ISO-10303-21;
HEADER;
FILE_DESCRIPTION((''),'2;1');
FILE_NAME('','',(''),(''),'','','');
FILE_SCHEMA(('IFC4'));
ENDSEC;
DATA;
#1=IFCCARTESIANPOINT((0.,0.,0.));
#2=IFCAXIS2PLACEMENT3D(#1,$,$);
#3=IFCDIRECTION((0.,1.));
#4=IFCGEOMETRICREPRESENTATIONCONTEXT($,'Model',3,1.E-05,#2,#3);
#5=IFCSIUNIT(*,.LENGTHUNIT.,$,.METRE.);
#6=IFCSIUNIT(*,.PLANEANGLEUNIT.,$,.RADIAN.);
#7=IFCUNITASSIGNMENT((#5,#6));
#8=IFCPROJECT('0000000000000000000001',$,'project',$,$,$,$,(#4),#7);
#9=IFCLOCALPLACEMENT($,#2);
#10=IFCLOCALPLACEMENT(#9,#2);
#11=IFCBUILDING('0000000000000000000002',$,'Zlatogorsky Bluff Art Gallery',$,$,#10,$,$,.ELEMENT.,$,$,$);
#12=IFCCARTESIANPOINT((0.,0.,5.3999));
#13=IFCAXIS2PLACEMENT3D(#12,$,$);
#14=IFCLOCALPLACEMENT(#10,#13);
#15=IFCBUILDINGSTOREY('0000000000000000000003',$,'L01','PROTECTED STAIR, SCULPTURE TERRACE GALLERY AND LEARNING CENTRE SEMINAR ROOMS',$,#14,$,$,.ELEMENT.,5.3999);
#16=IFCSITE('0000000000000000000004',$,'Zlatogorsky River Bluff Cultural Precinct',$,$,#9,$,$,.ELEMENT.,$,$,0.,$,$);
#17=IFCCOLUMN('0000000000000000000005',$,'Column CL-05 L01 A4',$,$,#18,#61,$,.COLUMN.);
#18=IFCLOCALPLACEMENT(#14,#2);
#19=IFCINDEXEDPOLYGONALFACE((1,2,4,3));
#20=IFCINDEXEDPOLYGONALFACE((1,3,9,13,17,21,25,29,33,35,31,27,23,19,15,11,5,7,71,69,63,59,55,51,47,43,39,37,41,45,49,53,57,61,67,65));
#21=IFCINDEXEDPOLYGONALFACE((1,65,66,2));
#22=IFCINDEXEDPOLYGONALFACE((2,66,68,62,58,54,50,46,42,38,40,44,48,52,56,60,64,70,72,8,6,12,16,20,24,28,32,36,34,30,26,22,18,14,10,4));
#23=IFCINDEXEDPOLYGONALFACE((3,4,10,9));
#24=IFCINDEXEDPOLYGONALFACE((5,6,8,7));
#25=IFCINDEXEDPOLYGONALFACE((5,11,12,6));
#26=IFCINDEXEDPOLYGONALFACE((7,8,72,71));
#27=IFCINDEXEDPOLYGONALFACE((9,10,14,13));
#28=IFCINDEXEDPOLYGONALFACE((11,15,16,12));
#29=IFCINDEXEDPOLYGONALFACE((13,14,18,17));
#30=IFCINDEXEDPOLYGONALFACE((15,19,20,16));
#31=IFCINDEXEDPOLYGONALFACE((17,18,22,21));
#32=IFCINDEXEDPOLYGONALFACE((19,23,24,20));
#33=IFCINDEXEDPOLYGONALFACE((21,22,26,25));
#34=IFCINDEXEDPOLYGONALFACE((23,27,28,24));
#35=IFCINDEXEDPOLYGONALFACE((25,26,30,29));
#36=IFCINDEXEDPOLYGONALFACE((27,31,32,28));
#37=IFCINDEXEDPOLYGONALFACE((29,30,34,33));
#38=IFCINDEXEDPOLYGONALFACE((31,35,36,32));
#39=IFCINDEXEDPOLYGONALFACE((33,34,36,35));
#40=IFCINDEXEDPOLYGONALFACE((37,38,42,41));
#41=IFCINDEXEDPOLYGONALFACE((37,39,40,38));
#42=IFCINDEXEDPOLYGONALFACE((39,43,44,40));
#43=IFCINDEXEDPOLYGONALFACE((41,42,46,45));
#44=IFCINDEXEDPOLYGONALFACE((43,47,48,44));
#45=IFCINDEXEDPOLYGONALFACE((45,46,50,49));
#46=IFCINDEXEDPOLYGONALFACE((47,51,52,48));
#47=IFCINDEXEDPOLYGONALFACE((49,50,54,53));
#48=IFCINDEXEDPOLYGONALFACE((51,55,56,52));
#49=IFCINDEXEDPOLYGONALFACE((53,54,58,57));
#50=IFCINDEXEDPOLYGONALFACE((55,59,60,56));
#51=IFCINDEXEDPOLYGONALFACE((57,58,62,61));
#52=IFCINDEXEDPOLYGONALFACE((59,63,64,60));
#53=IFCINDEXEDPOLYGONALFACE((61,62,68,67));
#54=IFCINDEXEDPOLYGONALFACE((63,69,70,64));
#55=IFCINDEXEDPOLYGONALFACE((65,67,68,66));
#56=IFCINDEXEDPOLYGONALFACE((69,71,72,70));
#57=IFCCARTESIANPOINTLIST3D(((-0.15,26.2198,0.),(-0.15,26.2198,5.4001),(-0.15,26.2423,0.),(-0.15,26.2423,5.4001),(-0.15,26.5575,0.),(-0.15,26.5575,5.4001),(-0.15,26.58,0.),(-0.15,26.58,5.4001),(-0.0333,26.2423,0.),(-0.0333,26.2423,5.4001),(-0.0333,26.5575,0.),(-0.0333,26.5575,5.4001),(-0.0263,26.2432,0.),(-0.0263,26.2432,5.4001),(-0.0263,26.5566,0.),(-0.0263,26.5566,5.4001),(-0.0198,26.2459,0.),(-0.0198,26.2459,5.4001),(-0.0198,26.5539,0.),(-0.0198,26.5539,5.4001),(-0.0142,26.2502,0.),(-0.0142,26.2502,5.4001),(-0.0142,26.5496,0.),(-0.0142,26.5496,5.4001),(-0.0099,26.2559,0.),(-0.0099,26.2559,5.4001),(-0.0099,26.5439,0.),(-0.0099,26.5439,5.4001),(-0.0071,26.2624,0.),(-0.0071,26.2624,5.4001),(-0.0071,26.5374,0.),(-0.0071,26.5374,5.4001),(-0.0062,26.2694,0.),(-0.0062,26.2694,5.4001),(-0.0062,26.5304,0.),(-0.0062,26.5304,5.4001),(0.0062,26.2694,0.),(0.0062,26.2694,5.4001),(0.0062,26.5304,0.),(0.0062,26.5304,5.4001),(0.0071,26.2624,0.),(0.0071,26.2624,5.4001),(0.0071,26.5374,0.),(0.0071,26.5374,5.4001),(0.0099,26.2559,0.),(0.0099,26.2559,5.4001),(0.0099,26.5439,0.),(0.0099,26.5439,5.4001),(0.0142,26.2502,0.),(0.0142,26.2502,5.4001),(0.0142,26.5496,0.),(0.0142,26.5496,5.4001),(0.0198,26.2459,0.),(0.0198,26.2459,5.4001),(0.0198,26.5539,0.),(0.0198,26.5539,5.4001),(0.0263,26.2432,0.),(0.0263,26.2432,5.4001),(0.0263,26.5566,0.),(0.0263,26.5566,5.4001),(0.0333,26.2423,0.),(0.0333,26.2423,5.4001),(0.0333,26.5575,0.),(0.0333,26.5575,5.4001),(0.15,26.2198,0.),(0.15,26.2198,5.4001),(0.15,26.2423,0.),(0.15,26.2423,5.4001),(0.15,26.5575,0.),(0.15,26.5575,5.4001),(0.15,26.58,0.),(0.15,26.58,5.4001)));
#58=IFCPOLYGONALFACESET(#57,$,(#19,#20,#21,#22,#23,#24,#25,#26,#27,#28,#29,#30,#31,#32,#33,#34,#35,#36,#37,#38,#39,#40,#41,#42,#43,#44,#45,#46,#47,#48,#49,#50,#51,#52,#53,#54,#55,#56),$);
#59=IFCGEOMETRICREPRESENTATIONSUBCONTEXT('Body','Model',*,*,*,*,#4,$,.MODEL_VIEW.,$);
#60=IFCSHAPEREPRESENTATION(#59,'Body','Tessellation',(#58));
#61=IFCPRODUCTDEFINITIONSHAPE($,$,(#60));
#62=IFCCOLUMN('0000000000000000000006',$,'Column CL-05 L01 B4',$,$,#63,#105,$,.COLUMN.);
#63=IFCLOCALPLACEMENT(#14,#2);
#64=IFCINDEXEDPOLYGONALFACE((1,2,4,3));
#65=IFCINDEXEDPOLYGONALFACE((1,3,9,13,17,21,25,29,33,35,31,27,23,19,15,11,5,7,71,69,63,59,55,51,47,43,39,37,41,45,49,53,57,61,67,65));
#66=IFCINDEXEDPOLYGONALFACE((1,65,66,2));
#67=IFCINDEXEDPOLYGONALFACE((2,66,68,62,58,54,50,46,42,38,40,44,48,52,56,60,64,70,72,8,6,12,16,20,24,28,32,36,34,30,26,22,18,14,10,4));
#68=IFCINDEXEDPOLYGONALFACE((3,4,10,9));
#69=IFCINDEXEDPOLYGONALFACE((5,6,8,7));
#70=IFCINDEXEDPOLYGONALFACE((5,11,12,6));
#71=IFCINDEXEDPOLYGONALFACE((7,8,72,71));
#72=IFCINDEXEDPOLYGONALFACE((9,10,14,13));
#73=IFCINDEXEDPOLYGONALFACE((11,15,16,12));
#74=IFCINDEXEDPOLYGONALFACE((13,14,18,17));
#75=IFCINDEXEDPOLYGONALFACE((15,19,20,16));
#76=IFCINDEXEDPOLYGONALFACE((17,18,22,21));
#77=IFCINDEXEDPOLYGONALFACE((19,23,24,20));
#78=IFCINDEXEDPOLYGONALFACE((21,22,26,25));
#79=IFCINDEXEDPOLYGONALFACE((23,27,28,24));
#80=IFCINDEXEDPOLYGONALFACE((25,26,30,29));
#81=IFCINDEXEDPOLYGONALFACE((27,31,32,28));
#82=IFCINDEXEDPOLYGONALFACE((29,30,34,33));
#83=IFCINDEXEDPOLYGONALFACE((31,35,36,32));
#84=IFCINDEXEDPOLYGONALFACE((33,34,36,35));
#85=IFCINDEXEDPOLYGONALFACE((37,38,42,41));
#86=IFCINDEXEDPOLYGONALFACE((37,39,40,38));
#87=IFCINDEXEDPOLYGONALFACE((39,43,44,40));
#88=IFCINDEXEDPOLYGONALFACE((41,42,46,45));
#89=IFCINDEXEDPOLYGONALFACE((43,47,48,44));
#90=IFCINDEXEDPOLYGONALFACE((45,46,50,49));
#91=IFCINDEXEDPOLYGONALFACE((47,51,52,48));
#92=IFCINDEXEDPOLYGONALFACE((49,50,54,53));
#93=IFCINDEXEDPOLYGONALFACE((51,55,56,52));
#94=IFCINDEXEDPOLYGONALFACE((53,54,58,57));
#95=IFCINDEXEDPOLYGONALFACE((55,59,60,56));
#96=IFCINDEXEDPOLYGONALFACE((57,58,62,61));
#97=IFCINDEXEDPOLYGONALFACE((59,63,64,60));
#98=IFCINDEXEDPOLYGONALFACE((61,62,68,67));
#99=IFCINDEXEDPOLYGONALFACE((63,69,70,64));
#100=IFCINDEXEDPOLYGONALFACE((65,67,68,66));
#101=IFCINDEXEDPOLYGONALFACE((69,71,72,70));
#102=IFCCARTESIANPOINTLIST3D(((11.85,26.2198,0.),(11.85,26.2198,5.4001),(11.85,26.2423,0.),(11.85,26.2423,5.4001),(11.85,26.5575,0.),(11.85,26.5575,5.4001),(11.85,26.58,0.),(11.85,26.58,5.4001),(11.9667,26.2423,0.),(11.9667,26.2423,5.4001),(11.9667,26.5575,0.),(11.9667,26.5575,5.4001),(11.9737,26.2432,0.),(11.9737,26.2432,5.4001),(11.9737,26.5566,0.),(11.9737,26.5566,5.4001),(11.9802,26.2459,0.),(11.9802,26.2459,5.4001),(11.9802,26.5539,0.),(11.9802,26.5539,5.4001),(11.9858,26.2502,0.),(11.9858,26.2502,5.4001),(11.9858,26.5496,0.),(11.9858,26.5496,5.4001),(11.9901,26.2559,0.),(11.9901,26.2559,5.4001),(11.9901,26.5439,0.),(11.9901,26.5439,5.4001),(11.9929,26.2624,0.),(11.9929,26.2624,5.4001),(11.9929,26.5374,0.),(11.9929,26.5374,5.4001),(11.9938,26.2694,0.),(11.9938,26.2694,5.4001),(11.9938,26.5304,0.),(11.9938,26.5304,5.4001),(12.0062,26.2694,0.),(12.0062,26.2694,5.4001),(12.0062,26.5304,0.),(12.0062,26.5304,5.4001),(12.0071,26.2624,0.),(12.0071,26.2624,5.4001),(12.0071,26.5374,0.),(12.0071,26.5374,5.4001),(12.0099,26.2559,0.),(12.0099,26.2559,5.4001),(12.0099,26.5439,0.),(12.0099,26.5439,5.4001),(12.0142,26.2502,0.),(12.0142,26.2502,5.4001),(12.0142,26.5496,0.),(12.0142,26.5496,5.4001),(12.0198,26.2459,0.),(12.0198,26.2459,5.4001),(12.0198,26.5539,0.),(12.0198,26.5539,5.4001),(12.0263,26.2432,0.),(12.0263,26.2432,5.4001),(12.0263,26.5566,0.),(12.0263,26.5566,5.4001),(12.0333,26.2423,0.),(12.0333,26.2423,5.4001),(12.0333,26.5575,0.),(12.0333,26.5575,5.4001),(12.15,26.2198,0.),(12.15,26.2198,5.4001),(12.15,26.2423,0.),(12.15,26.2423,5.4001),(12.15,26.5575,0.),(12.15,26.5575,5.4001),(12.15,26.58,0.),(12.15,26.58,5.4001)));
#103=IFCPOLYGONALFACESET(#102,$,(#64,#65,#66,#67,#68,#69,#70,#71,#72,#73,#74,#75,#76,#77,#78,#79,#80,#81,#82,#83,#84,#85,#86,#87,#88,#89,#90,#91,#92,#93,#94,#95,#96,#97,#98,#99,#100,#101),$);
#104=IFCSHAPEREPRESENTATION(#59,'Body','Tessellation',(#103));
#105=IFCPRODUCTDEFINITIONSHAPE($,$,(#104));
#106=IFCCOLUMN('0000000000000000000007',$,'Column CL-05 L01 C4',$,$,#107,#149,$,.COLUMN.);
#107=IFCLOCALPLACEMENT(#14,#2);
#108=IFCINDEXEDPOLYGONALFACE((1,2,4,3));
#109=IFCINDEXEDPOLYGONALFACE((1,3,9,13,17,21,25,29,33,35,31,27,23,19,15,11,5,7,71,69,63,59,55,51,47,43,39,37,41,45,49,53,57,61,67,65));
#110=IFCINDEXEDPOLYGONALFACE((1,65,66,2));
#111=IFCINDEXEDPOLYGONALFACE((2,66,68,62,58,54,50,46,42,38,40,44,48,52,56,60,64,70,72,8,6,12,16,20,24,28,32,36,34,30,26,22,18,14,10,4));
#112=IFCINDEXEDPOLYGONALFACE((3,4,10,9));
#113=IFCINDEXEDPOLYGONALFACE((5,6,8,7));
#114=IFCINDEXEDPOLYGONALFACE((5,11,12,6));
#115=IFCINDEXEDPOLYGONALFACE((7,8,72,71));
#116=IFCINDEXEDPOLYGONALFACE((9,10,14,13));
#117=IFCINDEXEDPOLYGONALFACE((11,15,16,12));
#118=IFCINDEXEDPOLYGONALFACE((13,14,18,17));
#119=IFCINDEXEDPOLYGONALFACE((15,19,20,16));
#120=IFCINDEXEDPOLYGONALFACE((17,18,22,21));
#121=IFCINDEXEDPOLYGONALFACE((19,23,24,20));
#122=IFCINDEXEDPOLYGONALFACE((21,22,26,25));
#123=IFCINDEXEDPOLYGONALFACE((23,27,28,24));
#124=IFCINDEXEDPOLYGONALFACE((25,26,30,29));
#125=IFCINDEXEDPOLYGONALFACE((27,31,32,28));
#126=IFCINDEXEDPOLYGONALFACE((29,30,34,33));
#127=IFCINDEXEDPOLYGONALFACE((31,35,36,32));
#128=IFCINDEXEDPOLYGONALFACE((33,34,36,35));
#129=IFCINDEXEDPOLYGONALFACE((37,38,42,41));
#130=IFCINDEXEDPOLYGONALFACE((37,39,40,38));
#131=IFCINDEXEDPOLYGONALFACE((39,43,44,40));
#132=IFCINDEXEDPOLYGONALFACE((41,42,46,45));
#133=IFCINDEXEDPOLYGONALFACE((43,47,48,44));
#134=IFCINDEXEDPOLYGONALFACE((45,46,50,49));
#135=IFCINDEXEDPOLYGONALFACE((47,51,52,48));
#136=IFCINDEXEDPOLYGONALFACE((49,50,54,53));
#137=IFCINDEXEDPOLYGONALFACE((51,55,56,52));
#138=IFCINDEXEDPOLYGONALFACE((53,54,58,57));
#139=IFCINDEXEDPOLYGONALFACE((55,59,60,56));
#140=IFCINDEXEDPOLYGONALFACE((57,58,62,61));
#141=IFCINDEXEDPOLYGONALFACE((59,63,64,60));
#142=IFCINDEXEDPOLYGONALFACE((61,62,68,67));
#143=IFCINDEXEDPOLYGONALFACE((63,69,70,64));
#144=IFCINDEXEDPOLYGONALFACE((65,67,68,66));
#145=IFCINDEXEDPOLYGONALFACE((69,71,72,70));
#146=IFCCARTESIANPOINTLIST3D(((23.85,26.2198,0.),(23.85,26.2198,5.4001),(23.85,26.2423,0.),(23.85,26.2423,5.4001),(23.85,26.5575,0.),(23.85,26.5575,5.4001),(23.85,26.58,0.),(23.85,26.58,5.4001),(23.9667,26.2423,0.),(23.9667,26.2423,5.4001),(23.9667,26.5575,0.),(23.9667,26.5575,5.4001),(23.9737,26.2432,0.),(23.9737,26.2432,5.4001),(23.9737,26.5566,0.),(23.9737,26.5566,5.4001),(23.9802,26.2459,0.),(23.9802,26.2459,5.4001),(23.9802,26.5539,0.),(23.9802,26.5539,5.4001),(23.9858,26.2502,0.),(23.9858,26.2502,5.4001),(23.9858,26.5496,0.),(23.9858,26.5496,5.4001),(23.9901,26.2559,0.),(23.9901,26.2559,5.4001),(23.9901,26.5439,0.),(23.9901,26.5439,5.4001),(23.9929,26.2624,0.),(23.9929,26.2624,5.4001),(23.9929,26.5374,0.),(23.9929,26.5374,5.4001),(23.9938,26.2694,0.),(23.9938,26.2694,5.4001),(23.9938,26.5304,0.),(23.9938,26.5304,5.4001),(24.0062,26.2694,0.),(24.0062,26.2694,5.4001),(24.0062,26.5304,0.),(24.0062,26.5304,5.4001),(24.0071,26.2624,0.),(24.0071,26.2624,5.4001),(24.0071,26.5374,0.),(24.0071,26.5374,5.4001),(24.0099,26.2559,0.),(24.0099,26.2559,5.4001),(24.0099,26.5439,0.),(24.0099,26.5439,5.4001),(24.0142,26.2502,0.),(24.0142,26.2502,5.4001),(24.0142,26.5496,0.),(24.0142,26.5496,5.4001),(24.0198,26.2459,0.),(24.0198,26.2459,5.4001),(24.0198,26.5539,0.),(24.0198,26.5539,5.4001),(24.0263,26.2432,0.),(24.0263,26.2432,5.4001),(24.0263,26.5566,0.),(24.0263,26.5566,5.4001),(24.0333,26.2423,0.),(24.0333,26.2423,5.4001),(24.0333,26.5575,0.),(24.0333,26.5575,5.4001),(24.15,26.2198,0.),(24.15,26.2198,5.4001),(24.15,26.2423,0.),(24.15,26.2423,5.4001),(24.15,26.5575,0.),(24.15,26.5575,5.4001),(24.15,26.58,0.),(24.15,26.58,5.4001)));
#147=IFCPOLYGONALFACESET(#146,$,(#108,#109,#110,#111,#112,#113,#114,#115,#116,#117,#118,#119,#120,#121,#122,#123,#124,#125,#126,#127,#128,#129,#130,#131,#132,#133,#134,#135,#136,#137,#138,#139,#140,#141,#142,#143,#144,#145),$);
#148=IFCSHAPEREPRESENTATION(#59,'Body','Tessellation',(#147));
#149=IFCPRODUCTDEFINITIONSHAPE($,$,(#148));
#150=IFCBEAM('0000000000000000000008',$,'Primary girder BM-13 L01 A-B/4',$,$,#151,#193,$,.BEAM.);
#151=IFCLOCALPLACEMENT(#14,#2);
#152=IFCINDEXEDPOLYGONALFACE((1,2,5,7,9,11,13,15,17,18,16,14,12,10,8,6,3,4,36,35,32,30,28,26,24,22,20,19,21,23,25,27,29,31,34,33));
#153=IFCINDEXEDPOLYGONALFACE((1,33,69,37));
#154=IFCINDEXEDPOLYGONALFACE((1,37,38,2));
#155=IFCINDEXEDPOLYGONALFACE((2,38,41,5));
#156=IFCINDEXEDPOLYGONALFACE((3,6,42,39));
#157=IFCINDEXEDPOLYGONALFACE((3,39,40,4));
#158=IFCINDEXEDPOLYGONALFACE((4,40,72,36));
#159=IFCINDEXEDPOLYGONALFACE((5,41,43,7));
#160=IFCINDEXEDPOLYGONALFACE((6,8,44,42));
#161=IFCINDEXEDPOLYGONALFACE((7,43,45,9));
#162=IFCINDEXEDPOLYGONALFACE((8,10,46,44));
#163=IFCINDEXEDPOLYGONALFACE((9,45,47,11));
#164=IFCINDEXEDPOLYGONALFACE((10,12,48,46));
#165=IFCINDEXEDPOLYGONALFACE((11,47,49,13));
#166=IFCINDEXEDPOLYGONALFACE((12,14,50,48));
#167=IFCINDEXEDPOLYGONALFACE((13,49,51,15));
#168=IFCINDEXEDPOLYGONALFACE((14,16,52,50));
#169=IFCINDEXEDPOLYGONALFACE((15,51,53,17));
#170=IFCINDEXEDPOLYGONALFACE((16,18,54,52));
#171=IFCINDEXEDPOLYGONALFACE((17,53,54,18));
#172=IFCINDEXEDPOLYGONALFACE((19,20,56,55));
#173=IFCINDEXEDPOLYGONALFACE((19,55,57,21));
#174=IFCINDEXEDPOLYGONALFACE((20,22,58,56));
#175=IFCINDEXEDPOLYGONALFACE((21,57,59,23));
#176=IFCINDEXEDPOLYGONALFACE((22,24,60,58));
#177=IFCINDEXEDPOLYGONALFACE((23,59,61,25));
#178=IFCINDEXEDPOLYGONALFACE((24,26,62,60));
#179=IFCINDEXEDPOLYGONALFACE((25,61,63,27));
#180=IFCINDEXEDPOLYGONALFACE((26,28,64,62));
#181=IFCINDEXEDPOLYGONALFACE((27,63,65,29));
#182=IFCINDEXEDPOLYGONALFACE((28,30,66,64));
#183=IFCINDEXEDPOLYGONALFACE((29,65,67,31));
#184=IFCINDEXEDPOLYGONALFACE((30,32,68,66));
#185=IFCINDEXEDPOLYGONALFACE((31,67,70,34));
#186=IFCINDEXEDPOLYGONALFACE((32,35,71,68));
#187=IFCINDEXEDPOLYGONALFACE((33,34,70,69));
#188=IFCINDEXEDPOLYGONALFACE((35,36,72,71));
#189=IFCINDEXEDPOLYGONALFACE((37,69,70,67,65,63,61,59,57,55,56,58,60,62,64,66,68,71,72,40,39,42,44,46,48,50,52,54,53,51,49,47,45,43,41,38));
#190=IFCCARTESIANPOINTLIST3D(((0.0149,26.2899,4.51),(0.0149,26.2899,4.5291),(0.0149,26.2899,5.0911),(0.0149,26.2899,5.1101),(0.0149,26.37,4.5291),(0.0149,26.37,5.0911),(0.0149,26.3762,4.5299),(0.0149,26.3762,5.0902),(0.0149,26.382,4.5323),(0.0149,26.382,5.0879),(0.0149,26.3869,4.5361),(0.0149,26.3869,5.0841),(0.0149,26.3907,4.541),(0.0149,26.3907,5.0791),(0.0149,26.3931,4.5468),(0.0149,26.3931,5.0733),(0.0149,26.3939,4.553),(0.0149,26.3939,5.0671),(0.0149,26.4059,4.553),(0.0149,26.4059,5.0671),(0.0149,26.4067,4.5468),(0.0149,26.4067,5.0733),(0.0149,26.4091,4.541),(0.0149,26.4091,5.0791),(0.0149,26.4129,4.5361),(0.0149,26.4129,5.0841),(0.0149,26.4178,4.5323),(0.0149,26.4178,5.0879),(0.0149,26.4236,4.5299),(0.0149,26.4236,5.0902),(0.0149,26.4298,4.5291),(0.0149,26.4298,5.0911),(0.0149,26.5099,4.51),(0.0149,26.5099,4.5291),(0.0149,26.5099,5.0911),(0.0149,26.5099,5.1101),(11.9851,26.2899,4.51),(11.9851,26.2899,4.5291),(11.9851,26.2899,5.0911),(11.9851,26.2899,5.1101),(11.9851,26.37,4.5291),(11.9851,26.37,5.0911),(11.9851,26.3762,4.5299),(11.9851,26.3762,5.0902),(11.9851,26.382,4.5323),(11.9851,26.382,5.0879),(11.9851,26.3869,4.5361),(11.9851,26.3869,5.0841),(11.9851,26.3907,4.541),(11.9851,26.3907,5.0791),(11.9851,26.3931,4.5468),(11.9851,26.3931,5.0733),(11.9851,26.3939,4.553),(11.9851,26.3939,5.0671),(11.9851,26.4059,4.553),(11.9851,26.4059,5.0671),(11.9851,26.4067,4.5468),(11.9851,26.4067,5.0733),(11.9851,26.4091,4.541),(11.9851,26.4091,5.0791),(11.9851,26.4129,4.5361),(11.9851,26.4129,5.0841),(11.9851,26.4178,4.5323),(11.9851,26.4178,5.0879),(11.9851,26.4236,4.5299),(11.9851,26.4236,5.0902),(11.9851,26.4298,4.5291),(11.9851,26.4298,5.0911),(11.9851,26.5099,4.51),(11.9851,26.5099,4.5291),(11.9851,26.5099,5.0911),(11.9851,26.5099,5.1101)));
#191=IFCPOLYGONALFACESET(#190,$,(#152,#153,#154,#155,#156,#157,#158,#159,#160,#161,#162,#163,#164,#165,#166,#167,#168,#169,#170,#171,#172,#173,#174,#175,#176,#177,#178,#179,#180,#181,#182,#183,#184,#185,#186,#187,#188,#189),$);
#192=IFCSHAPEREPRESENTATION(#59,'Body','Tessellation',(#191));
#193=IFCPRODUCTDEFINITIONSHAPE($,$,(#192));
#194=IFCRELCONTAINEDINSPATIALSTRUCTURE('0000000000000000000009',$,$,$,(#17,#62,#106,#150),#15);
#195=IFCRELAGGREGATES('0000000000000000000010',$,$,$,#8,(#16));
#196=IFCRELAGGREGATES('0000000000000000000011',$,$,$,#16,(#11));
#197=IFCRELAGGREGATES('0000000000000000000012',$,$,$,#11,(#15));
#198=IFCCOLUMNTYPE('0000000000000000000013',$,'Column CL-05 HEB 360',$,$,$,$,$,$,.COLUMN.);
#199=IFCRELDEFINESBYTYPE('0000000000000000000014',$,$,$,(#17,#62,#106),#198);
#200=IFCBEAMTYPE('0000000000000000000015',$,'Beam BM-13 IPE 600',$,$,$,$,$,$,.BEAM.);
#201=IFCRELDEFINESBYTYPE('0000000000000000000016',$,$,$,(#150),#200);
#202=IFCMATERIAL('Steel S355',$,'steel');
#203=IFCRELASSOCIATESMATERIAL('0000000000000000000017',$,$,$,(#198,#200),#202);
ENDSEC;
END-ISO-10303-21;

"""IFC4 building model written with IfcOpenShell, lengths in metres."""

from ifc_helpers import new_model, si_unit, direction, frame, origin, origin_2d, place, context, subcontext, project, spatial, i_section, extrude, material, material_profile, profile_set, type_object, element, save


model = new_model("IFC4")

# Units and contexts
model_context = context("Model", 3, precision=1e-05, world=origin(), true_north=direction((0.0, 1.0)))
body_context = subcontext(model_context, "Body", "Model", "MODEL_VIEW")
ifc_project = project(units=[si_unit("LENGTHUNIT", "METRE"), si_unit("PLANEANGLEUNIT", "RADIAN")], contexts=[model_context])

# Site, building, storey
site_placement = place(None, origin())
site = spatial("IfcSite", under=ifc_project, at=site_placement, Name="Zlatogorsky River Bluff Cultural Precinct", CompositionType="ELEMENT", RefElevation=0.0)
building_placement = place(site_placement, origin())
building = spatial("IfcBuilding", under=site, at=building_placement, Name="Zlatogorsky Bluff Art Gallery", CompositionType="ELEMENT")
storey_placement = place(building_placement, frame((0.0, 0.0, 5.3999)))
storey = spatial("IfcBuildingStorey", under=building, at=storey_placement, Name="L01", Description="PROTECTED STAIR, SCULPTURE TERRACE GALLERY AND LEARNING CENTRE SEMINAR ROOMS", CompositionType="ELEMENT", Elevation=5.3999)

# Columns
ifc_material_1 = material(Name="Steel S355", Category="steel")
ifc_material_profile_1 = material_profile(ifc_material_1, i_section(OverallWidth=0.3, OverallDepth=0.3601, WebThickness=0.0125, FlangeThickness=0.0225, FilletRadius=0.0271, at=origin_2d()), Name="HEB 360")
ifc_profile_set_1 = profile_set([ifc_material_profile_1], Name="Steel S355")
column_type = type_object("IfcColumnType", Name="Column CL-05 HEB 360", PredefinedType="COLUMN", material=ifc_profile_set_1)
for number, where, z_axis, x_axis, name in (
    (1, (0.0, 26.3999, 0.0), (0.0, 0.0, 1.0), (1.0, 0.0, 0.0), "Column CL-05 L01 A4"),
    (2, (12.0, 26.3999, 0.0), (0.0, 0.0, 1.0), (1.0, 0.0, 0.0), "Column CL-05 L01 B4"),
    (3, (24.0, 26.3999, 0.0), (0.0, 0.0, 1.0), (1.0, 0.0, 0.0), "Column CL-05 L01 C4"),
):
    element("IfcColumn", number, at=place(storey_placement, frame(where, z_axis=z_axis, x_axis=x_axis)), inside=storey, type_object=column_type, Name=name, PredefinedType="COLUMN", context=body_context, shape_type="SweptSolid", body=[
        extrude(i_section(OverallWidth=0.3, OverallDepth=0.3601, WebThickness=0.0125, FlangeThickness=0.0225, FilletRadius=0.0271, at=origin_2d()), origin(), (0.0, 0.0, 1.0), 5.4001),
    ])

# Beam
ifc_material_profile_2 = material_profile(ifc_material_1, i_section(OverallWidth=0.22, OverallDepth=0.6001, WebThickness=0.012, FlangeThickness=0.019, FilletRadius=0.0239, at=origin_2d()), Name="IPE 600")
ifc_profile_set_2 = profile_set([ifc_material_profile_2], Name="Steel S355")
beam_type_1 = type_object("IfcBeamType", Name="Beam BM-13 IPE 600", PredefinedType="BEAM", material=ifc_profile_set_2)
for number, where, z_axis, x_axis, name in (
    (4, (0.0149, 26.3999, 4.8101), (1.0, 0.0, 0.0), (0.0, 1.0, 0.0), "Primary girder BM-13 L01 A-B/4"),
):
    element("IfcBeam", number, at=place(storey_placement, frame(where, z_axis=z_axis, x_axis=x_axis)), inside=storey, type_object=beam_type_1, Name=name, PredefinedType="BEAM", context=body_context, shape_type="SweptSolid", body=[
        extrude(i_section(OverallWidth=0.22, OverallDepth=0.6001, WebThickness=0.012, FlangeThickness=0.019, FilletRadius=0.0239, at=origin_2d()), origin(), (0.0, 0.0, 1.0), 11.9702),
    ])

save(model, "model.ifc")
